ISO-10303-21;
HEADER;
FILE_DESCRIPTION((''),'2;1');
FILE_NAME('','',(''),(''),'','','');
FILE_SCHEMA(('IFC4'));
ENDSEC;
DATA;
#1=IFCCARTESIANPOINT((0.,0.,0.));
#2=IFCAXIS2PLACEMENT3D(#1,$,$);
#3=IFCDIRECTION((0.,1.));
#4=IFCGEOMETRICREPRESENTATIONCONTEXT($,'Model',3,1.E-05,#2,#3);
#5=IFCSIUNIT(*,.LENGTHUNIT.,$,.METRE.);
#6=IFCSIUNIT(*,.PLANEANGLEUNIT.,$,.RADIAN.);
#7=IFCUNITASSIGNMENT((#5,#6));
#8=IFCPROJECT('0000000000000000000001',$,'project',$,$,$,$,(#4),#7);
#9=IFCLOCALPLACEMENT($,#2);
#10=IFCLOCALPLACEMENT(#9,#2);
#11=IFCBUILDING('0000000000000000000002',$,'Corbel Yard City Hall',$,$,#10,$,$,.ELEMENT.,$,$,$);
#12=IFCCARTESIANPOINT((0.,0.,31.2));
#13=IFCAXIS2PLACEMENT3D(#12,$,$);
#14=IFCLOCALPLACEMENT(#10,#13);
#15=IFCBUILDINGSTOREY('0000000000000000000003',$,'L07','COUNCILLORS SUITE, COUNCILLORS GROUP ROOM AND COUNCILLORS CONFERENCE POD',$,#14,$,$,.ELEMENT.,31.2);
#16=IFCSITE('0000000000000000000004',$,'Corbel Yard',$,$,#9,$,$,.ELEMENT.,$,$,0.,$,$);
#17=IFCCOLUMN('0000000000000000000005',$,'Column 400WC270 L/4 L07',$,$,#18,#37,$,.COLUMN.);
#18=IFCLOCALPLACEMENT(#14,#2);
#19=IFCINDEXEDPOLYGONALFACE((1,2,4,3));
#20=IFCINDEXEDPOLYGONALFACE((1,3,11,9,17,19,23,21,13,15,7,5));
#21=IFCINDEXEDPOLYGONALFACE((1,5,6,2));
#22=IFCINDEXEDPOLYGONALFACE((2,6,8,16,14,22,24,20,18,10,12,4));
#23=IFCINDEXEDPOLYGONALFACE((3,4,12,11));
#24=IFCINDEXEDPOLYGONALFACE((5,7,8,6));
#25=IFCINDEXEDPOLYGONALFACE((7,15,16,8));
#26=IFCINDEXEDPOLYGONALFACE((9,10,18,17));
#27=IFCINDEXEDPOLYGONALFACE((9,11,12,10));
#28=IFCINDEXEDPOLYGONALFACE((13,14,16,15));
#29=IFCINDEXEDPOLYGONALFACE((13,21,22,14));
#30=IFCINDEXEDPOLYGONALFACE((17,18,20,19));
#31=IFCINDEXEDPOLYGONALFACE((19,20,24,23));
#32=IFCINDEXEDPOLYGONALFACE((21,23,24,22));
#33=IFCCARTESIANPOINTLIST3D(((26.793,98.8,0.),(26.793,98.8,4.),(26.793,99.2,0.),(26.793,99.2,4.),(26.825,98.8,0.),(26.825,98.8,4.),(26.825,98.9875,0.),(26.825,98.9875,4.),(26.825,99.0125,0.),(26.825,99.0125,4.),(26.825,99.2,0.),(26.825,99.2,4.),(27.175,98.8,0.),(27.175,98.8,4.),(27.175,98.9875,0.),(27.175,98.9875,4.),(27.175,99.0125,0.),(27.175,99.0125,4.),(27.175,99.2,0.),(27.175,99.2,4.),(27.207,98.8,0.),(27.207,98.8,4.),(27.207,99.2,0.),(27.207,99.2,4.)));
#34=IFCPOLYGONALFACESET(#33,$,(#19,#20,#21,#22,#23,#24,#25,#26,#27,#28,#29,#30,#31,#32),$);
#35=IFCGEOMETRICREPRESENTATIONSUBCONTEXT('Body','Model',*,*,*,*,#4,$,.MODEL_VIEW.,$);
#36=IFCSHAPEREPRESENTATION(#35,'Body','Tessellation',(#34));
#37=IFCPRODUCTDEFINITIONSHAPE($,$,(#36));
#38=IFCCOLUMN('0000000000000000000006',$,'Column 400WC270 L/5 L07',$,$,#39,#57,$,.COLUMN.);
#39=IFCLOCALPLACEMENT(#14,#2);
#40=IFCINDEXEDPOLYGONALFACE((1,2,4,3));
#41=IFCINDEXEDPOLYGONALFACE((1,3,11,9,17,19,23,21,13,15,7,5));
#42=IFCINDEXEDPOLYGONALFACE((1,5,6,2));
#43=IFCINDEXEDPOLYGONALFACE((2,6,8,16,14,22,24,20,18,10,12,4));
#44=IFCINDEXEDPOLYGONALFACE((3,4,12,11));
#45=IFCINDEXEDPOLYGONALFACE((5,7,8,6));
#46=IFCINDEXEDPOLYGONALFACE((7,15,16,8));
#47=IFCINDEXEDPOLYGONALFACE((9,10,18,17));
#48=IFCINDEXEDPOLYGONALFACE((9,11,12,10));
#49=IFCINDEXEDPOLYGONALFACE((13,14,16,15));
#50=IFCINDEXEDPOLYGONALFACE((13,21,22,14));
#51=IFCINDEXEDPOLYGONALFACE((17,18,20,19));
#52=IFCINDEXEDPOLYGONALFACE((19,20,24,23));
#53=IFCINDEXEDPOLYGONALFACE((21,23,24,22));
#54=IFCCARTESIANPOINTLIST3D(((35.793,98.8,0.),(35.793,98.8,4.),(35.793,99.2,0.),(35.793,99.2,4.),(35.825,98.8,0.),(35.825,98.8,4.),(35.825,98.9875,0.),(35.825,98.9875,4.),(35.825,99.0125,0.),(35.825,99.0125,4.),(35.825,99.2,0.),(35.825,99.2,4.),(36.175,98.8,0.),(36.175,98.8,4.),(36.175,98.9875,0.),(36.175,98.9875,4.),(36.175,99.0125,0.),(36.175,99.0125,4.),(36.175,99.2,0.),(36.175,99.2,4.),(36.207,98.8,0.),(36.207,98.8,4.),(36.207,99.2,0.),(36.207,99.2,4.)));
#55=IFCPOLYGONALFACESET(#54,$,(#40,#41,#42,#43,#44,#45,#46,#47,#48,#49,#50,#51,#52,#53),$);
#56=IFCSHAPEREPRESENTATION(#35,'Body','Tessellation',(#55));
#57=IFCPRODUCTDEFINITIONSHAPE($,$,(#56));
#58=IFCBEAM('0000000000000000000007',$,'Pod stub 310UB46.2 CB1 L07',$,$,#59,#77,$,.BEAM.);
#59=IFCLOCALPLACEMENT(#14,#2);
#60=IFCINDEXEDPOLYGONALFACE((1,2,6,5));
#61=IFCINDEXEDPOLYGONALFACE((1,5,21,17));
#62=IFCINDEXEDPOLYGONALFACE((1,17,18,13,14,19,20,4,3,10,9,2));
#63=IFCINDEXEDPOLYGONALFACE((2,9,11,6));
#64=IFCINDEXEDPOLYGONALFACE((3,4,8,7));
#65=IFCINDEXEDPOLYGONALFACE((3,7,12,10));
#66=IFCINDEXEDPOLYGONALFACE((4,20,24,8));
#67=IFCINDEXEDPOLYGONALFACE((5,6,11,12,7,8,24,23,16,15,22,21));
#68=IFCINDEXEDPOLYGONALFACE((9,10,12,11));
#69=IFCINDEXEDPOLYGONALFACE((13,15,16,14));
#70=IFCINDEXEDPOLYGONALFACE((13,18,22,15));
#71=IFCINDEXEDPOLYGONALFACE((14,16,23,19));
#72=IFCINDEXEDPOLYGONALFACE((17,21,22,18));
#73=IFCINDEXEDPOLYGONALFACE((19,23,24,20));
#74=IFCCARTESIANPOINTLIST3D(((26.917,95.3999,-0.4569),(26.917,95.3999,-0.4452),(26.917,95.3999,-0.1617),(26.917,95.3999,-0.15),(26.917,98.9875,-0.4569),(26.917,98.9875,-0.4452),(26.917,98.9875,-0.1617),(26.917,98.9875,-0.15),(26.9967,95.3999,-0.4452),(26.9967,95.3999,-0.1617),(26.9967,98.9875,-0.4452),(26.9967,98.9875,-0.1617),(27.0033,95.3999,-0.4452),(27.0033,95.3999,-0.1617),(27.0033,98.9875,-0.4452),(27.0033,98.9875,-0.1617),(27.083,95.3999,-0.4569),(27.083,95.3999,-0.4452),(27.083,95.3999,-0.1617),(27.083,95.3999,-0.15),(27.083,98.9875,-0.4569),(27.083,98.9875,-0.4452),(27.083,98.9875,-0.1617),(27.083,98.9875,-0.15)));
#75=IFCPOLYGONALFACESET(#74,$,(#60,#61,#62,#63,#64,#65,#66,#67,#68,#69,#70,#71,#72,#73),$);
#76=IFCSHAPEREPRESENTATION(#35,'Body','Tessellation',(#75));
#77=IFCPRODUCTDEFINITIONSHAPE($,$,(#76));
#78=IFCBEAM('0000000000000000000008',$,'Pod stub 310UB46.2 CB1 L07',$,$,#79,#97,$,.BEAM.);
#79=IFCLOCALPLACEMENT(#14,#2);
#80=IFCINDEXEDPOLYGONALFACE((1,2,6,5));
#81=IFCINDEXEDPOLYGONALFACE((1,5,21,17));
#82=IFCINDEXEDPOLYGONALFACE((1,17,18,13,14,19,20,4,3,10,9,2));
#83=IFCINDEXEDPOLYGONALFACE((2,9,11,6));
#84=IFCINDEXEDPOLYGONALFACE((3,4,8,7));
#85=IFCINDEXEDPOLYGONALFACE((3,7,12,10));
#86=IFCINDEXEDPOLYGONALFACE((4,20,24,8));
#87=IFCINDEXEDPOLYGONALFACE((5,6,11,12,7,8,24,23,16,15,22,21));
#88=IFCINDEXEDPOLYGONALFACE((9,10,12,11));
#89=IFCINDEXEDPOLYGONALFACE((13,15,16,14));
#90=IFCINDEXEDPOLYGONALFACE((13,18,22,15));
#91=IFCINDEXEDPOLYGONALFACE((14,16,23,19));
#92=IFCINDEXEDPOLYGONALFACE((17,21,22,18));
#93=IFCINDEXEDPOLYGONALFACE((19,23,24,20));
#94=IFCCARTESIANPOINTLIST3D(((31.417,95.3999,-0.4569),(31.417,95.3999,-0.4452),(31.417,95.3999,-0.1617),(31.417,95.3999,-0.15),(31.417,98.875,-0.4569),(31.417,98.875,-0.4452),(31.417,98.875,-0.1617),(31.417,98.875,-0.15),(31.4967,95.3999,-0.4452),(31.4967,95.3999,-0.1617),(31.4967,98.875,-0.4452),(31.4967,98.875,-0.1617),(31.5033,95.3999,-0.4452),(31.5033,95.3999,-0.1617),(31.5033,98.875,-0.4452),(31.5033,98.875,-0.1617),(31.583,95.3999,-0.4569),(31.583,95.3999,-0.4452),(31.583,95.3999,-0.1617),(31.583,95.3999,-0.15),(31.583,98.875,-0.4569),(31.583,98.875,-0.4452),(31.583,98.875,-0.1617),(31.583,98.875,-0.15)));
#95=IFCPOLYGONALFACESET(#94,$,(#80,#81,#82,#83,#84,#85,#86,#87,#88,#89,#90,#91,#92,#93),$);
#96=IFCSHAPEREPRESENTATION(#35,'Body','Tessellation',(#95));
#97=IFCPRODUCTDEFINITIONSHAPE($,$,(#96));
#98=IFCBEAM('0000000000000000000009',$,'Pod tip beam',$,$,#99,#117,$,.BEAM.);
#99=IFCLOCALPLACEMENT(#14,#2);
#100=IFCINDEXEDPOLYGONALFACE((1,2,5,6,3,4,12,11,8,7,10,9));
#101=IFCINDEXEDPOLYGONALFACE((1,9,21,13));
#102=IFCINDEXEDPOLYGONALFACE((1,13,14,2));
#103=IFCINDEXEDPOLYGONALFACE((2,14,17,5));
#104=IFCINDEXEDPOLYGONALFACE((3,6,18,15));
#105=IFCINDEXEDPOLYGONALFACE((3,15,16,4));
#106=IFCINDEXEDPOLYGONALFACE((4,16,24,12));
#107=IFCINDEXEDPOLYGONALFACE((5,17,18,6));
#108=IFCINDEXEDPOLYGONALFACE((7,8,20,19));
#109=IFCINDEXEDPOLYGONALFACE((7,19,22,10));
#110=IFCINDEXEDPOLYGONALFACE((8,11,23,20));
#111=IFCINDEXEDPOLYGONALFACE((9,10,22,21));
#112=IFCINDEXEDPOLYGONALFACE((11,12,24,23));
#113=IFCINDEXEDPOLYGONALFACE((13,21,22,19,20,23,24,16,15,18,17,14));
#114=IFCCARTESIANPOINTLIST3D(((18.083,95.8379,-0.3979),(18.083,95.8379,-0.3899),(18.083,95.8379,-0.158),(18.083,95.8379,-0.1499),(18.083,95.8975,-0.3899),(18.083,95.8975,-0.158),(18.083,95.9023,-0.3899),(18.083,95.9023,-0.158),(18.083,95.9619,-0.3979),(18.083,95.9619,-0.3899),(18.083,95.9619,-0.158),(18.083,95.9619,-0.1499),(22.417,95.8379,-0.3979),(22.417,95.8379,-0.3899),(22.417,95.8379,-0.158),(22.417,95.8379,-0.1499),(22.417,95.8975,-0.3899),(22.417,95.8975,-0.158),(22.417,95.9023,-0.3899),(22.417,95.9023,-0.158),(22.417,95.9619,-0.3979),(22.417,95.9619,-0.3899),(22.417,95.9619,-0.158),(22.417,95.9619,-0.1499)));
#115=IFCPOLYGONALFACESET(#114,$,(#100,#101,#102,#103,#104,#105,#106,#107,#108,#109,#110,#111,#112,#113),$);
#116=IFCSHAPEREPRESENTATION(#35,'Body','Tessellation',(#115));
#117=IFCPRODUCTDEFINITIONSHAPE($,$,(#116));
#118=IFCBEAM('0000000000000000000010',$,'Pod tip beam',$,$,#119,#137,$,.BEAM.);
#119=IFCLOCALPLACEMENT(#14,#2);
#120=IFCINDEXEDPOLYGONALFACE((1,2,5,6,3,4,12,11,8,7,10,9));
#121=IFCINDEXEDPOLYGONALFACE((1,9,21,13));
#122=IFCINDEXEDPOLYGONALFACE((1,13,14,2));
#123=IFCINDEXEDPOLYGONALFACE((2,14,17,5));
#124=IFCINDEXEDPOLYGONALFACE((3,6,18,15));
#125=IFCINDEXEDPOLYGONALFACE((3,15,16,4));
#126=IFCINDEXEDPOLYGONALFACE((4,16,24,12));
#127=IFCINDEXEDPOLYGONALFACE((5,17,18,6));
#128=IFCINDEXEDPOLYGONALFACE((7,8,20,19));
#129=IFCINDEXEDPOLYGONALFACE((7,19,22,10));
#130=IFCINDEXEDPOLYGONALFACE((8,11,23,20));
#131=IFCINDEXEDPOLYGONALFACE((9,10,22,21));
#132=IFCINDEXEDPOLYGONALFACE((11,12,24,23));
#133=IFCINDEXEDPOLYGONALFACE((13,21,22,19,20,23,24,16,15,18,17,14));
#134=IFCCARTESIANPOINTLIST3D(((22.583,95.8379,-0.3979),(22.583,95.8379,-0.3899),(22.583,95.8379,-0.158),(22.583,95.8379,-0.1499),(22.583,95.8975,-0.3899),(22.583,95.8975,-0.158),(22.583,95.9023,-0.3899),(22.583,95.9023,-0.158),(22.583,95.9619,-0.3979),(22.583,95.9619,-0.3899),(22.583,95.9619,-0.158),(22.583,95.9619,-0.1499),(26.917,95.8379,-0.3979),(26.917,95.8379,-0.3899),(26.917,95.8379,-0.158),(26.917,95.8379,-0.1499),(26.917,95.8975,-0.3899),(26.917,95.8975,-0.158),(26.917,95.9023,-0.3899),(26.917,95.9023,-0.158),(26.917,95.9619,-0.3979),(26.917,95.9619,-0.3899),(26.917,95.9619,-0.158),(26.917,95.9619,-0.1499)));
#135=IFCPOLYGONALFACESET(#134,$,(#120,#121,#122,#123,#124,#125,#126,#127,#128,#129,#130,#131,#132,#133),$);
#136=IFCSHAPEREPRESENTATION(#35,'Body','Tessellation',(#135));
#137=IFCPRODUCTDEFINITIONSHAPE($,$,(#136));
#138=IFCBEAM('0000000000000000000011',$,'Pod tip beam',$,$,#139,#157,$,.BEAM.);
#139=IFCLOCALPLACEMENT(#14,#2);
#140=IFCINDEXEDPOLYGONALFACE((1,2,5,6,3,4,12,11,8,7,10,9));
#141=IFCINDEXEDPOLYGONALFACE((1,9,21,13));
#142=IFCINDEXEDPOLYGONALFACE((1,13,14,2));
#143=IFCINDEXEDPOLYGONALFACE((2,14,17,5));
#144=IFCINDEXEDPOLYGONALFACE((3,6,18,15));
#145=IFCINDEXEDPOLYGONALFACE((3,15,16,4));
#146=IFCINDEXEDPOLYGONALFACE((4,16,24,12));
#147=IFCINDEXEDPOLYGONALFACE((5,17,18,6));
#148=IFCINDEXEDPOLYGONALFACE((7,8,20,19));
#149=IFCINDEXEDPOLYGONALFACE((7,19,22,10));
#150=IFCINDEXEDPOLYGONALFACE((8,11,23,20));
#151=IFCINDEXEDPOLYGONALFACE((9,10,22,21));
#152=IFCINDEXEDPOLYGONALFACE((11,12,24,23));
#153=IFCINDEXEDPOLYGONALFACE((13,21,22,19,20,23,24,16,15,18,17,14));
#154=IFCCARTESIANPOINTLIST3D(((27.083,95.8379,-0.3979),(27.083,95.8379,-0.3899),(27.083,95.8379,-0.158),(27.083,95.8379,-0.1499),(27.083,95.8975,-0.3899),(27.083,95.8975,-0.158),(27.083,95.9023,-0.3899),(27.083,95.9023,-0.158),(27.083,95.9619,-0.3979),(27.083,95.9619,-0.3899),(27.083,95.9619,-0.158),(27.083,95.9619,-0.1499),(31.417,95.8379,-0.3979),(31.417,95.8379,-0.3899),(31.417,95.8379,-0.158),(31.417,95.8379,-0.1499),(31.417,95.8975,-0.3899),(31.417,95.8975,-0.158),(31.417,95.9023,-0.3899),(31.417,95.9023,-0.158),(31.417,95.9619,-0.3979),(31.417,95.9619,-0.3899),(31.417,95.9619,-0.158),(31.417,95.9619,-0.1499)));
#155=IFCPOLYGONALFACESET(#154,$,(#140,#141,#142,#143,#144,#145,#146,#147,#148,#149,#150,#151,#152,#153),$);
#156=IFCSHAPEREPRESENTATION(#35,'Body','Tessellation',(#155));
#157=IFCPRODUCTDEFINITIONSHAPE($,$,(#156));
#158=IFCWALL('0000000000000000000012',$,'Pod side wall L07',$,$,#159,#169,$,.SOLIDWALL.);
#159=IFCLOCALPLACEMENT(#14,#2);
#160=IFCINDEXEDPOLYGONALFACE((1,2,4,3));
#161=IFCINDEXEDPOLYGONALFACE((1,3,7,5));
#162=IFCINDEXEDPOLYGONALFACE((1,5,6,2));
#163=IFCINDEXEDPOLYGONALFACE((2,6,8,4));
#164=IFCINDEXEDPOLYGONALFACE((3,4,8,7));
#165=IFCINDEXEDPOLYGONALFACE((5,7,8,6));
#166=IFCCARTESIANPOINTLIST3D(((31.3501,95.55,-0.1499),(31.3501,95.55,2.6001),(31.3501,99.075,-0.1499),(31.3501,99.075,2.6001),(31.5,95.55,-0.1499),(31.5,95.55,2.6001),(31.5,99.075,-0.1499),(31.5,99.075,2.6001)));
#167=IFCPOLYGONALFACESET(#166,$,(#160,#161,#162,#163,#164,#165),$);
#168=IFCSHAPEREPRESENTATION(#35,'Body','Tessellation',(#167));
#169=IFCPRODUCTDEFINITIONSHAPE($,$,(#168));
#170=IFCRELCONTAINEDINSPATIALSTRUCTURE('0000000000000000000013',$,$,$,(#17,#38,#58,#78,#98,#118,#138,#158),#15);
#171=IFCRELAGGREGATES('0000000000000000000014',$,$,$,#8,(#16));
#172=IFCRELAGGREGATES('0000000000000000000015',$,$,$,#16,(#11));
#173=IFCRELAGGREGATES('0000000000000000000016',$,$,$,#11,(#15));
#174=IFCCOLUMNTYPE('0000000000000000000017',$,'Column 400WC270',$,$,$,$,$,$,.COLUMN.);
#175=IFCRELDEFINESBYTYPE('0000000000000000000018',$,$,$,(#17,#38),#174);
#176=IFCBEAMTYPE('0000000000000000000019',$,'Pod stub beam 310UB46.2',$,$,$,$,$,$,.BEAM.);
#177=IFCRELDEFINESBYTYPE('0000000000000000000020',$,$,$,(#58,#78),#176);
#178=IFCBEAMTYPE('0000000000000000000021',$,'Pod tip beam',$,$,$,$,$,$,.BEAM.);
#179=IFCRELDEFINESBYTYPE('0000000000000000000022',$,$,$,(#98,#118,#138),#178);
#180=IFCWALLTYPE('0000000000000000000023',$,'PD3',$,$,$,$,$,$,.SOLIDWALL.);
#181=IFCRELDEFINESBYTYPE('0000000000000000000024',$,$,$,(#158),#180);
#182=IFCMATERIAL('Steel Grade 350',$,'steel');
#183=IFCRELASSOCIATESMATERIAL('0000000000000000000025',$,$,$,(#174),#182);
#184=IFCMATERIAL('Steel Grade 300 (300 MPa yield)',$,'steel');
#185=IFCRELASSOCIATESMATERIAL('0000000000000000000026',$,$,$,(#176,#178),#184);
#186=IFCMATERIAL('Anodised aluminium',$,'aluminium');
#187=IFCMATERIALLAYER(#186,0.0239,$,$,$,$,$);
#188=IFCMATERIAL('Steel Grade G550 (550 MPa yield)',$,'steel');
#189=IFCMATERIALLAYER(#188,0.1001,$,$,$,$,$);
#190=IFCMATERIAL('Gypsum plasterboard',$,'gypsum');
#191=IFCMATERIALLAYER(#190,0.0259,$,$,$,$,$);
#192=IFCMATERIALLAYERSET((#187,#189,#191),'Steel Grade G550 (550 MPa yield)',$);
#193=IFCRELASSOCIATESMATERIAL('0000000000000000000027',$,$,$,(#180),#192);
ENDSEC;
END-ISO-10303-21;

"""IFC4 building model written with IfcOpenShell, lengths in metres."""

from ifc_helpers import new_model, si_unit, direction, frame, frame_2d, origin, origin_2d, place, context, subcontext, project, spatial, rectangle, i_section, extrude, material, layer, layer_set, material_profile, profile_set, type_object, element, save


model = new_model("IFC4")

# Units and contexts
model_context = context("Model", 3, precision=1e-05, world=origin(), true_north=direction((0.0, 1.0)))
body_context = subcontext(model_context, "Body", "Model", "MODEL_VIEW")
ifc_project = project(units=[si_unit("LENGTHUNIT", "METRE"), si_unit("PLANEANGLEUNIT", "RADIAN")], contexts=[model_context])

# Site, building, storey
site_placement = place(None, origin())
site = spatial("IfcSite", under=ifc_project, at=site_placement, Name="Corbel Yard", CompositionType="ELEMENT", RefElevation=0.0)
building_placement = place(site_placement, origin())
building = spatial("IfcBuilding", under=site, at=building_placement, Name="Corbel Yard City Hall", CompositionType="ELEMENT")
storey_placement = place(building_placement, frame((0.0, 0.0, 31.2)))
storey = spatial("IfcBuildingStorey", under=building, at=storey_placement, Name="L07", Description="COUNCILLORS SUITE, COUNCILLORS GROUP ROOM AND COUNCILLORS CONFERENCE POD", CompositionType="ELEMENT", Elevation=31.2)

# Columns
ifc_material_1 = material(Name="Steel Grade 350", Category="steel")
ifc_material_profile_1 = material_profile(ifc_material_1, i_section(OverallWidth=0.3999, OverallDepth=0.4141, WebThickness=0.0249, FlangeThickness=0.032, at=origin_2d()), Name="400WC270")
ifc_profile_set_1 = profile_set([ifc_material_profile_1], Name="Steel Grade 350")
column_type = type_object("IfcColumnType", Name="Column 400WC270", PredefinedType="COLUMN", material=ifc_profile_set_1)
for number, where, z_axis, x_axis, name in (
    (1, (27.0, 99.0, 0.0), (0.0, 0.0, 1.0), (0.0, 1.0, 0.0), "Column 400WC270 L/4 L07"),
    (2, (36.0, 99.0, 0.0), (0.0, 0.0, 1.0), (0.0, 1.0, 0.0), "Column 400WC270 L/5 L07"),
):
    element("IfcColumn", number, at=place(storey_placement, frame(where, z_axis=z_axis, x_axis=x_axis)), inside=storey, type_object=column_type, Name=name, PredefinedType="COLUMN", context=body_context, shape_type="SweptSolid", body=[
        extrude(i_section(OverallWidth=0.3999, OverallDepth=0.4141, WebThickness=0.0249, FlangeThickness=0.032, at=origin_2d()), origin(), (0.0, 0.0, 1.0), 4.0),
    ])

# Beams
ifc_material_2 = material(Name="Steel Grade 300 (300 MPa yield)", Category="steel")
ifc_material_profile_2 = material_profile(ifc_material_2, i_section(OverallWidth=0.166, OverallDepth=0.3069, WebThickness=0.0066, FlangeThickness=0.0117, at=origin_2d()), Name="310UB46.2")
ifc_profile_set_2 = profile_set([ifc_material_profile_2], Name="Steel Grade 300 (300 MPa yield)")
beam_type_1 = type_object("IfcBeamType", Name="Pod stub beam 310UB46.2", PredefinedType="BEAM", material=ifc_profile_set_2)
beam_1_placement = place(storey_placement, frame((27.0, 95.3999, -0.3035), z_axis=(0.0, 1.0, 0.0), x_axis=(-1.0, 0.0, 0.0)))
element("IfcBeam", 3, at=beam_1_placement, inside=storey, type_object=beam_type_1, Name="Pod stub 310UB46.2 CB1 L07", PredefinedType="BEAM", context=body_context, shape_type="SweptSolid", body=[
    extrude(i_section(OverallWidth=0.166, OverallDepth=0.3069, WebThickness=0.0066, FlangeThickness=0.0117, at=origin_2d()), origin(), (0.0, 0.0, 1.0), 3.5876),
])
beam_2_placement = place(storey_placement, frame((31.5, 95.3999, -0.3035), z_axis=(0.0, 1.0, 0.0), x_axis=(-1.0, 0.0, 0.0)))
element("IfcBeam", 4, at=beam_2_placement, inside=storey, type_object=beam_type_1, Name="Pod stub 310UB46.2 CB1 L07", PredefinedType="BEAM", context=body_context, shape_type="SweptSolid", body=[
    extrude(i_section(OverallWidth=0.166, OverallDepth=0.3069, WebThickness=0.0066, FlangeThickness=0.0117, at=origin_2d()), origin(), (0.0, 0.0, 1.0), 3.4751),
])
ifc_material_profile_3 = material_profile(ifc_material_2, i_section(OverallWidth=0.124, OverallDepth=0.248, WebThickness=0.0049, FlangeThickness=0.0081, at=origin_2d()), Name="250UB25.7")
ifc_profile_set_3 = profile_set([ifc_material_profile_3], Name="Steel Grade 300 (300 MPa yield)")
beam_type_2 = type_object("IfcBeamType", Name="Pod tip beam", PredefinedType="BEAM", material=ifc_profile_set_3)
for number, where, z_axis, x_axis, name in (
    (5, (18.083, 95.8999, -0.2739), (1.0, 0.0, 0.0), (0.0, 1.0, 0.0), "Pod tip beam"),
    (6, (22.583, 95.8999, -0.2739), (1.0, 0.0, 0.0), (0.0, 1.0, 0.0), "Pod tip beam"),
    (7, (27.083, 95.8999, -0.2739), (1.0, 0.0, 0.0), (0.0, 1.0, 0.0), "Pod tip beam"),
):
    element("IfcBeam", number, at=place(storey_placement, frame(where, z_axis=z_axis, x_axis=x_axis)), inside=storey, type_object=beam_type_2, Name=name, PredefinedType="BEAM", context=body_context, shape_type="SweptSolid", body=[
        extrude(i_section(OverallWidth=0.124, OverallDepth=0.248, WebThickness=0.0049, FlangeThickness=0.0081, at=origin_2d()), origin(), (0.0, 0.0, 1.0), 4.334),
    ])

# Wall
ifc_material_3 = material(Name="Anodised aluminium", Category="aluminium")
ifc_layer_1 = layer(ifc_material_3, 0.0239)
ifc_material_4 = material(Name="Steel Grade G550 (550 MPa yield)", Category="steel")
ifc_layer_2 = layer(ifc_material_4, 0.1001)
ifc_material_5 = material(Name="Gypsum plasterboard", Category="gypsum")
ifc_layer_3 = layer(ifc_material_5, 0.0259)
ifc_layer_set_1 = layer_set([ifc_layer_1, ifc_layer_2, ifc_layer_3], Name="Steel Grade G550 (550 MPa yield)")
wall_type_1 = type_object("IfcWallType", Name="PD3", PredefinedType="SOLIDWALL", material=ifc_layer_set_1)
wall_1_placement = place(storey_placement, frame((31.425, 95.55, -0.1499), z_axis=(0.0, 0.0, 1.0), x_axis=(0.0, 1.0, 0.0)))
element("IfcWall", 8, at=wall_1_placement, inside=storey, type_object=wall_type_1, Name="Pod side wall L07", PredefinedType="SOLIDWALL", context=body_context, shape_type="SweptSolid", body=[
    extrude(rectangle(XDim=3.5249, YDim=0.1499, at=frame_2d((1.7625, 0.0))), origin(), (0.0, 0.0, 1.0), 2.75),
])

save(model, "model.ifc")
